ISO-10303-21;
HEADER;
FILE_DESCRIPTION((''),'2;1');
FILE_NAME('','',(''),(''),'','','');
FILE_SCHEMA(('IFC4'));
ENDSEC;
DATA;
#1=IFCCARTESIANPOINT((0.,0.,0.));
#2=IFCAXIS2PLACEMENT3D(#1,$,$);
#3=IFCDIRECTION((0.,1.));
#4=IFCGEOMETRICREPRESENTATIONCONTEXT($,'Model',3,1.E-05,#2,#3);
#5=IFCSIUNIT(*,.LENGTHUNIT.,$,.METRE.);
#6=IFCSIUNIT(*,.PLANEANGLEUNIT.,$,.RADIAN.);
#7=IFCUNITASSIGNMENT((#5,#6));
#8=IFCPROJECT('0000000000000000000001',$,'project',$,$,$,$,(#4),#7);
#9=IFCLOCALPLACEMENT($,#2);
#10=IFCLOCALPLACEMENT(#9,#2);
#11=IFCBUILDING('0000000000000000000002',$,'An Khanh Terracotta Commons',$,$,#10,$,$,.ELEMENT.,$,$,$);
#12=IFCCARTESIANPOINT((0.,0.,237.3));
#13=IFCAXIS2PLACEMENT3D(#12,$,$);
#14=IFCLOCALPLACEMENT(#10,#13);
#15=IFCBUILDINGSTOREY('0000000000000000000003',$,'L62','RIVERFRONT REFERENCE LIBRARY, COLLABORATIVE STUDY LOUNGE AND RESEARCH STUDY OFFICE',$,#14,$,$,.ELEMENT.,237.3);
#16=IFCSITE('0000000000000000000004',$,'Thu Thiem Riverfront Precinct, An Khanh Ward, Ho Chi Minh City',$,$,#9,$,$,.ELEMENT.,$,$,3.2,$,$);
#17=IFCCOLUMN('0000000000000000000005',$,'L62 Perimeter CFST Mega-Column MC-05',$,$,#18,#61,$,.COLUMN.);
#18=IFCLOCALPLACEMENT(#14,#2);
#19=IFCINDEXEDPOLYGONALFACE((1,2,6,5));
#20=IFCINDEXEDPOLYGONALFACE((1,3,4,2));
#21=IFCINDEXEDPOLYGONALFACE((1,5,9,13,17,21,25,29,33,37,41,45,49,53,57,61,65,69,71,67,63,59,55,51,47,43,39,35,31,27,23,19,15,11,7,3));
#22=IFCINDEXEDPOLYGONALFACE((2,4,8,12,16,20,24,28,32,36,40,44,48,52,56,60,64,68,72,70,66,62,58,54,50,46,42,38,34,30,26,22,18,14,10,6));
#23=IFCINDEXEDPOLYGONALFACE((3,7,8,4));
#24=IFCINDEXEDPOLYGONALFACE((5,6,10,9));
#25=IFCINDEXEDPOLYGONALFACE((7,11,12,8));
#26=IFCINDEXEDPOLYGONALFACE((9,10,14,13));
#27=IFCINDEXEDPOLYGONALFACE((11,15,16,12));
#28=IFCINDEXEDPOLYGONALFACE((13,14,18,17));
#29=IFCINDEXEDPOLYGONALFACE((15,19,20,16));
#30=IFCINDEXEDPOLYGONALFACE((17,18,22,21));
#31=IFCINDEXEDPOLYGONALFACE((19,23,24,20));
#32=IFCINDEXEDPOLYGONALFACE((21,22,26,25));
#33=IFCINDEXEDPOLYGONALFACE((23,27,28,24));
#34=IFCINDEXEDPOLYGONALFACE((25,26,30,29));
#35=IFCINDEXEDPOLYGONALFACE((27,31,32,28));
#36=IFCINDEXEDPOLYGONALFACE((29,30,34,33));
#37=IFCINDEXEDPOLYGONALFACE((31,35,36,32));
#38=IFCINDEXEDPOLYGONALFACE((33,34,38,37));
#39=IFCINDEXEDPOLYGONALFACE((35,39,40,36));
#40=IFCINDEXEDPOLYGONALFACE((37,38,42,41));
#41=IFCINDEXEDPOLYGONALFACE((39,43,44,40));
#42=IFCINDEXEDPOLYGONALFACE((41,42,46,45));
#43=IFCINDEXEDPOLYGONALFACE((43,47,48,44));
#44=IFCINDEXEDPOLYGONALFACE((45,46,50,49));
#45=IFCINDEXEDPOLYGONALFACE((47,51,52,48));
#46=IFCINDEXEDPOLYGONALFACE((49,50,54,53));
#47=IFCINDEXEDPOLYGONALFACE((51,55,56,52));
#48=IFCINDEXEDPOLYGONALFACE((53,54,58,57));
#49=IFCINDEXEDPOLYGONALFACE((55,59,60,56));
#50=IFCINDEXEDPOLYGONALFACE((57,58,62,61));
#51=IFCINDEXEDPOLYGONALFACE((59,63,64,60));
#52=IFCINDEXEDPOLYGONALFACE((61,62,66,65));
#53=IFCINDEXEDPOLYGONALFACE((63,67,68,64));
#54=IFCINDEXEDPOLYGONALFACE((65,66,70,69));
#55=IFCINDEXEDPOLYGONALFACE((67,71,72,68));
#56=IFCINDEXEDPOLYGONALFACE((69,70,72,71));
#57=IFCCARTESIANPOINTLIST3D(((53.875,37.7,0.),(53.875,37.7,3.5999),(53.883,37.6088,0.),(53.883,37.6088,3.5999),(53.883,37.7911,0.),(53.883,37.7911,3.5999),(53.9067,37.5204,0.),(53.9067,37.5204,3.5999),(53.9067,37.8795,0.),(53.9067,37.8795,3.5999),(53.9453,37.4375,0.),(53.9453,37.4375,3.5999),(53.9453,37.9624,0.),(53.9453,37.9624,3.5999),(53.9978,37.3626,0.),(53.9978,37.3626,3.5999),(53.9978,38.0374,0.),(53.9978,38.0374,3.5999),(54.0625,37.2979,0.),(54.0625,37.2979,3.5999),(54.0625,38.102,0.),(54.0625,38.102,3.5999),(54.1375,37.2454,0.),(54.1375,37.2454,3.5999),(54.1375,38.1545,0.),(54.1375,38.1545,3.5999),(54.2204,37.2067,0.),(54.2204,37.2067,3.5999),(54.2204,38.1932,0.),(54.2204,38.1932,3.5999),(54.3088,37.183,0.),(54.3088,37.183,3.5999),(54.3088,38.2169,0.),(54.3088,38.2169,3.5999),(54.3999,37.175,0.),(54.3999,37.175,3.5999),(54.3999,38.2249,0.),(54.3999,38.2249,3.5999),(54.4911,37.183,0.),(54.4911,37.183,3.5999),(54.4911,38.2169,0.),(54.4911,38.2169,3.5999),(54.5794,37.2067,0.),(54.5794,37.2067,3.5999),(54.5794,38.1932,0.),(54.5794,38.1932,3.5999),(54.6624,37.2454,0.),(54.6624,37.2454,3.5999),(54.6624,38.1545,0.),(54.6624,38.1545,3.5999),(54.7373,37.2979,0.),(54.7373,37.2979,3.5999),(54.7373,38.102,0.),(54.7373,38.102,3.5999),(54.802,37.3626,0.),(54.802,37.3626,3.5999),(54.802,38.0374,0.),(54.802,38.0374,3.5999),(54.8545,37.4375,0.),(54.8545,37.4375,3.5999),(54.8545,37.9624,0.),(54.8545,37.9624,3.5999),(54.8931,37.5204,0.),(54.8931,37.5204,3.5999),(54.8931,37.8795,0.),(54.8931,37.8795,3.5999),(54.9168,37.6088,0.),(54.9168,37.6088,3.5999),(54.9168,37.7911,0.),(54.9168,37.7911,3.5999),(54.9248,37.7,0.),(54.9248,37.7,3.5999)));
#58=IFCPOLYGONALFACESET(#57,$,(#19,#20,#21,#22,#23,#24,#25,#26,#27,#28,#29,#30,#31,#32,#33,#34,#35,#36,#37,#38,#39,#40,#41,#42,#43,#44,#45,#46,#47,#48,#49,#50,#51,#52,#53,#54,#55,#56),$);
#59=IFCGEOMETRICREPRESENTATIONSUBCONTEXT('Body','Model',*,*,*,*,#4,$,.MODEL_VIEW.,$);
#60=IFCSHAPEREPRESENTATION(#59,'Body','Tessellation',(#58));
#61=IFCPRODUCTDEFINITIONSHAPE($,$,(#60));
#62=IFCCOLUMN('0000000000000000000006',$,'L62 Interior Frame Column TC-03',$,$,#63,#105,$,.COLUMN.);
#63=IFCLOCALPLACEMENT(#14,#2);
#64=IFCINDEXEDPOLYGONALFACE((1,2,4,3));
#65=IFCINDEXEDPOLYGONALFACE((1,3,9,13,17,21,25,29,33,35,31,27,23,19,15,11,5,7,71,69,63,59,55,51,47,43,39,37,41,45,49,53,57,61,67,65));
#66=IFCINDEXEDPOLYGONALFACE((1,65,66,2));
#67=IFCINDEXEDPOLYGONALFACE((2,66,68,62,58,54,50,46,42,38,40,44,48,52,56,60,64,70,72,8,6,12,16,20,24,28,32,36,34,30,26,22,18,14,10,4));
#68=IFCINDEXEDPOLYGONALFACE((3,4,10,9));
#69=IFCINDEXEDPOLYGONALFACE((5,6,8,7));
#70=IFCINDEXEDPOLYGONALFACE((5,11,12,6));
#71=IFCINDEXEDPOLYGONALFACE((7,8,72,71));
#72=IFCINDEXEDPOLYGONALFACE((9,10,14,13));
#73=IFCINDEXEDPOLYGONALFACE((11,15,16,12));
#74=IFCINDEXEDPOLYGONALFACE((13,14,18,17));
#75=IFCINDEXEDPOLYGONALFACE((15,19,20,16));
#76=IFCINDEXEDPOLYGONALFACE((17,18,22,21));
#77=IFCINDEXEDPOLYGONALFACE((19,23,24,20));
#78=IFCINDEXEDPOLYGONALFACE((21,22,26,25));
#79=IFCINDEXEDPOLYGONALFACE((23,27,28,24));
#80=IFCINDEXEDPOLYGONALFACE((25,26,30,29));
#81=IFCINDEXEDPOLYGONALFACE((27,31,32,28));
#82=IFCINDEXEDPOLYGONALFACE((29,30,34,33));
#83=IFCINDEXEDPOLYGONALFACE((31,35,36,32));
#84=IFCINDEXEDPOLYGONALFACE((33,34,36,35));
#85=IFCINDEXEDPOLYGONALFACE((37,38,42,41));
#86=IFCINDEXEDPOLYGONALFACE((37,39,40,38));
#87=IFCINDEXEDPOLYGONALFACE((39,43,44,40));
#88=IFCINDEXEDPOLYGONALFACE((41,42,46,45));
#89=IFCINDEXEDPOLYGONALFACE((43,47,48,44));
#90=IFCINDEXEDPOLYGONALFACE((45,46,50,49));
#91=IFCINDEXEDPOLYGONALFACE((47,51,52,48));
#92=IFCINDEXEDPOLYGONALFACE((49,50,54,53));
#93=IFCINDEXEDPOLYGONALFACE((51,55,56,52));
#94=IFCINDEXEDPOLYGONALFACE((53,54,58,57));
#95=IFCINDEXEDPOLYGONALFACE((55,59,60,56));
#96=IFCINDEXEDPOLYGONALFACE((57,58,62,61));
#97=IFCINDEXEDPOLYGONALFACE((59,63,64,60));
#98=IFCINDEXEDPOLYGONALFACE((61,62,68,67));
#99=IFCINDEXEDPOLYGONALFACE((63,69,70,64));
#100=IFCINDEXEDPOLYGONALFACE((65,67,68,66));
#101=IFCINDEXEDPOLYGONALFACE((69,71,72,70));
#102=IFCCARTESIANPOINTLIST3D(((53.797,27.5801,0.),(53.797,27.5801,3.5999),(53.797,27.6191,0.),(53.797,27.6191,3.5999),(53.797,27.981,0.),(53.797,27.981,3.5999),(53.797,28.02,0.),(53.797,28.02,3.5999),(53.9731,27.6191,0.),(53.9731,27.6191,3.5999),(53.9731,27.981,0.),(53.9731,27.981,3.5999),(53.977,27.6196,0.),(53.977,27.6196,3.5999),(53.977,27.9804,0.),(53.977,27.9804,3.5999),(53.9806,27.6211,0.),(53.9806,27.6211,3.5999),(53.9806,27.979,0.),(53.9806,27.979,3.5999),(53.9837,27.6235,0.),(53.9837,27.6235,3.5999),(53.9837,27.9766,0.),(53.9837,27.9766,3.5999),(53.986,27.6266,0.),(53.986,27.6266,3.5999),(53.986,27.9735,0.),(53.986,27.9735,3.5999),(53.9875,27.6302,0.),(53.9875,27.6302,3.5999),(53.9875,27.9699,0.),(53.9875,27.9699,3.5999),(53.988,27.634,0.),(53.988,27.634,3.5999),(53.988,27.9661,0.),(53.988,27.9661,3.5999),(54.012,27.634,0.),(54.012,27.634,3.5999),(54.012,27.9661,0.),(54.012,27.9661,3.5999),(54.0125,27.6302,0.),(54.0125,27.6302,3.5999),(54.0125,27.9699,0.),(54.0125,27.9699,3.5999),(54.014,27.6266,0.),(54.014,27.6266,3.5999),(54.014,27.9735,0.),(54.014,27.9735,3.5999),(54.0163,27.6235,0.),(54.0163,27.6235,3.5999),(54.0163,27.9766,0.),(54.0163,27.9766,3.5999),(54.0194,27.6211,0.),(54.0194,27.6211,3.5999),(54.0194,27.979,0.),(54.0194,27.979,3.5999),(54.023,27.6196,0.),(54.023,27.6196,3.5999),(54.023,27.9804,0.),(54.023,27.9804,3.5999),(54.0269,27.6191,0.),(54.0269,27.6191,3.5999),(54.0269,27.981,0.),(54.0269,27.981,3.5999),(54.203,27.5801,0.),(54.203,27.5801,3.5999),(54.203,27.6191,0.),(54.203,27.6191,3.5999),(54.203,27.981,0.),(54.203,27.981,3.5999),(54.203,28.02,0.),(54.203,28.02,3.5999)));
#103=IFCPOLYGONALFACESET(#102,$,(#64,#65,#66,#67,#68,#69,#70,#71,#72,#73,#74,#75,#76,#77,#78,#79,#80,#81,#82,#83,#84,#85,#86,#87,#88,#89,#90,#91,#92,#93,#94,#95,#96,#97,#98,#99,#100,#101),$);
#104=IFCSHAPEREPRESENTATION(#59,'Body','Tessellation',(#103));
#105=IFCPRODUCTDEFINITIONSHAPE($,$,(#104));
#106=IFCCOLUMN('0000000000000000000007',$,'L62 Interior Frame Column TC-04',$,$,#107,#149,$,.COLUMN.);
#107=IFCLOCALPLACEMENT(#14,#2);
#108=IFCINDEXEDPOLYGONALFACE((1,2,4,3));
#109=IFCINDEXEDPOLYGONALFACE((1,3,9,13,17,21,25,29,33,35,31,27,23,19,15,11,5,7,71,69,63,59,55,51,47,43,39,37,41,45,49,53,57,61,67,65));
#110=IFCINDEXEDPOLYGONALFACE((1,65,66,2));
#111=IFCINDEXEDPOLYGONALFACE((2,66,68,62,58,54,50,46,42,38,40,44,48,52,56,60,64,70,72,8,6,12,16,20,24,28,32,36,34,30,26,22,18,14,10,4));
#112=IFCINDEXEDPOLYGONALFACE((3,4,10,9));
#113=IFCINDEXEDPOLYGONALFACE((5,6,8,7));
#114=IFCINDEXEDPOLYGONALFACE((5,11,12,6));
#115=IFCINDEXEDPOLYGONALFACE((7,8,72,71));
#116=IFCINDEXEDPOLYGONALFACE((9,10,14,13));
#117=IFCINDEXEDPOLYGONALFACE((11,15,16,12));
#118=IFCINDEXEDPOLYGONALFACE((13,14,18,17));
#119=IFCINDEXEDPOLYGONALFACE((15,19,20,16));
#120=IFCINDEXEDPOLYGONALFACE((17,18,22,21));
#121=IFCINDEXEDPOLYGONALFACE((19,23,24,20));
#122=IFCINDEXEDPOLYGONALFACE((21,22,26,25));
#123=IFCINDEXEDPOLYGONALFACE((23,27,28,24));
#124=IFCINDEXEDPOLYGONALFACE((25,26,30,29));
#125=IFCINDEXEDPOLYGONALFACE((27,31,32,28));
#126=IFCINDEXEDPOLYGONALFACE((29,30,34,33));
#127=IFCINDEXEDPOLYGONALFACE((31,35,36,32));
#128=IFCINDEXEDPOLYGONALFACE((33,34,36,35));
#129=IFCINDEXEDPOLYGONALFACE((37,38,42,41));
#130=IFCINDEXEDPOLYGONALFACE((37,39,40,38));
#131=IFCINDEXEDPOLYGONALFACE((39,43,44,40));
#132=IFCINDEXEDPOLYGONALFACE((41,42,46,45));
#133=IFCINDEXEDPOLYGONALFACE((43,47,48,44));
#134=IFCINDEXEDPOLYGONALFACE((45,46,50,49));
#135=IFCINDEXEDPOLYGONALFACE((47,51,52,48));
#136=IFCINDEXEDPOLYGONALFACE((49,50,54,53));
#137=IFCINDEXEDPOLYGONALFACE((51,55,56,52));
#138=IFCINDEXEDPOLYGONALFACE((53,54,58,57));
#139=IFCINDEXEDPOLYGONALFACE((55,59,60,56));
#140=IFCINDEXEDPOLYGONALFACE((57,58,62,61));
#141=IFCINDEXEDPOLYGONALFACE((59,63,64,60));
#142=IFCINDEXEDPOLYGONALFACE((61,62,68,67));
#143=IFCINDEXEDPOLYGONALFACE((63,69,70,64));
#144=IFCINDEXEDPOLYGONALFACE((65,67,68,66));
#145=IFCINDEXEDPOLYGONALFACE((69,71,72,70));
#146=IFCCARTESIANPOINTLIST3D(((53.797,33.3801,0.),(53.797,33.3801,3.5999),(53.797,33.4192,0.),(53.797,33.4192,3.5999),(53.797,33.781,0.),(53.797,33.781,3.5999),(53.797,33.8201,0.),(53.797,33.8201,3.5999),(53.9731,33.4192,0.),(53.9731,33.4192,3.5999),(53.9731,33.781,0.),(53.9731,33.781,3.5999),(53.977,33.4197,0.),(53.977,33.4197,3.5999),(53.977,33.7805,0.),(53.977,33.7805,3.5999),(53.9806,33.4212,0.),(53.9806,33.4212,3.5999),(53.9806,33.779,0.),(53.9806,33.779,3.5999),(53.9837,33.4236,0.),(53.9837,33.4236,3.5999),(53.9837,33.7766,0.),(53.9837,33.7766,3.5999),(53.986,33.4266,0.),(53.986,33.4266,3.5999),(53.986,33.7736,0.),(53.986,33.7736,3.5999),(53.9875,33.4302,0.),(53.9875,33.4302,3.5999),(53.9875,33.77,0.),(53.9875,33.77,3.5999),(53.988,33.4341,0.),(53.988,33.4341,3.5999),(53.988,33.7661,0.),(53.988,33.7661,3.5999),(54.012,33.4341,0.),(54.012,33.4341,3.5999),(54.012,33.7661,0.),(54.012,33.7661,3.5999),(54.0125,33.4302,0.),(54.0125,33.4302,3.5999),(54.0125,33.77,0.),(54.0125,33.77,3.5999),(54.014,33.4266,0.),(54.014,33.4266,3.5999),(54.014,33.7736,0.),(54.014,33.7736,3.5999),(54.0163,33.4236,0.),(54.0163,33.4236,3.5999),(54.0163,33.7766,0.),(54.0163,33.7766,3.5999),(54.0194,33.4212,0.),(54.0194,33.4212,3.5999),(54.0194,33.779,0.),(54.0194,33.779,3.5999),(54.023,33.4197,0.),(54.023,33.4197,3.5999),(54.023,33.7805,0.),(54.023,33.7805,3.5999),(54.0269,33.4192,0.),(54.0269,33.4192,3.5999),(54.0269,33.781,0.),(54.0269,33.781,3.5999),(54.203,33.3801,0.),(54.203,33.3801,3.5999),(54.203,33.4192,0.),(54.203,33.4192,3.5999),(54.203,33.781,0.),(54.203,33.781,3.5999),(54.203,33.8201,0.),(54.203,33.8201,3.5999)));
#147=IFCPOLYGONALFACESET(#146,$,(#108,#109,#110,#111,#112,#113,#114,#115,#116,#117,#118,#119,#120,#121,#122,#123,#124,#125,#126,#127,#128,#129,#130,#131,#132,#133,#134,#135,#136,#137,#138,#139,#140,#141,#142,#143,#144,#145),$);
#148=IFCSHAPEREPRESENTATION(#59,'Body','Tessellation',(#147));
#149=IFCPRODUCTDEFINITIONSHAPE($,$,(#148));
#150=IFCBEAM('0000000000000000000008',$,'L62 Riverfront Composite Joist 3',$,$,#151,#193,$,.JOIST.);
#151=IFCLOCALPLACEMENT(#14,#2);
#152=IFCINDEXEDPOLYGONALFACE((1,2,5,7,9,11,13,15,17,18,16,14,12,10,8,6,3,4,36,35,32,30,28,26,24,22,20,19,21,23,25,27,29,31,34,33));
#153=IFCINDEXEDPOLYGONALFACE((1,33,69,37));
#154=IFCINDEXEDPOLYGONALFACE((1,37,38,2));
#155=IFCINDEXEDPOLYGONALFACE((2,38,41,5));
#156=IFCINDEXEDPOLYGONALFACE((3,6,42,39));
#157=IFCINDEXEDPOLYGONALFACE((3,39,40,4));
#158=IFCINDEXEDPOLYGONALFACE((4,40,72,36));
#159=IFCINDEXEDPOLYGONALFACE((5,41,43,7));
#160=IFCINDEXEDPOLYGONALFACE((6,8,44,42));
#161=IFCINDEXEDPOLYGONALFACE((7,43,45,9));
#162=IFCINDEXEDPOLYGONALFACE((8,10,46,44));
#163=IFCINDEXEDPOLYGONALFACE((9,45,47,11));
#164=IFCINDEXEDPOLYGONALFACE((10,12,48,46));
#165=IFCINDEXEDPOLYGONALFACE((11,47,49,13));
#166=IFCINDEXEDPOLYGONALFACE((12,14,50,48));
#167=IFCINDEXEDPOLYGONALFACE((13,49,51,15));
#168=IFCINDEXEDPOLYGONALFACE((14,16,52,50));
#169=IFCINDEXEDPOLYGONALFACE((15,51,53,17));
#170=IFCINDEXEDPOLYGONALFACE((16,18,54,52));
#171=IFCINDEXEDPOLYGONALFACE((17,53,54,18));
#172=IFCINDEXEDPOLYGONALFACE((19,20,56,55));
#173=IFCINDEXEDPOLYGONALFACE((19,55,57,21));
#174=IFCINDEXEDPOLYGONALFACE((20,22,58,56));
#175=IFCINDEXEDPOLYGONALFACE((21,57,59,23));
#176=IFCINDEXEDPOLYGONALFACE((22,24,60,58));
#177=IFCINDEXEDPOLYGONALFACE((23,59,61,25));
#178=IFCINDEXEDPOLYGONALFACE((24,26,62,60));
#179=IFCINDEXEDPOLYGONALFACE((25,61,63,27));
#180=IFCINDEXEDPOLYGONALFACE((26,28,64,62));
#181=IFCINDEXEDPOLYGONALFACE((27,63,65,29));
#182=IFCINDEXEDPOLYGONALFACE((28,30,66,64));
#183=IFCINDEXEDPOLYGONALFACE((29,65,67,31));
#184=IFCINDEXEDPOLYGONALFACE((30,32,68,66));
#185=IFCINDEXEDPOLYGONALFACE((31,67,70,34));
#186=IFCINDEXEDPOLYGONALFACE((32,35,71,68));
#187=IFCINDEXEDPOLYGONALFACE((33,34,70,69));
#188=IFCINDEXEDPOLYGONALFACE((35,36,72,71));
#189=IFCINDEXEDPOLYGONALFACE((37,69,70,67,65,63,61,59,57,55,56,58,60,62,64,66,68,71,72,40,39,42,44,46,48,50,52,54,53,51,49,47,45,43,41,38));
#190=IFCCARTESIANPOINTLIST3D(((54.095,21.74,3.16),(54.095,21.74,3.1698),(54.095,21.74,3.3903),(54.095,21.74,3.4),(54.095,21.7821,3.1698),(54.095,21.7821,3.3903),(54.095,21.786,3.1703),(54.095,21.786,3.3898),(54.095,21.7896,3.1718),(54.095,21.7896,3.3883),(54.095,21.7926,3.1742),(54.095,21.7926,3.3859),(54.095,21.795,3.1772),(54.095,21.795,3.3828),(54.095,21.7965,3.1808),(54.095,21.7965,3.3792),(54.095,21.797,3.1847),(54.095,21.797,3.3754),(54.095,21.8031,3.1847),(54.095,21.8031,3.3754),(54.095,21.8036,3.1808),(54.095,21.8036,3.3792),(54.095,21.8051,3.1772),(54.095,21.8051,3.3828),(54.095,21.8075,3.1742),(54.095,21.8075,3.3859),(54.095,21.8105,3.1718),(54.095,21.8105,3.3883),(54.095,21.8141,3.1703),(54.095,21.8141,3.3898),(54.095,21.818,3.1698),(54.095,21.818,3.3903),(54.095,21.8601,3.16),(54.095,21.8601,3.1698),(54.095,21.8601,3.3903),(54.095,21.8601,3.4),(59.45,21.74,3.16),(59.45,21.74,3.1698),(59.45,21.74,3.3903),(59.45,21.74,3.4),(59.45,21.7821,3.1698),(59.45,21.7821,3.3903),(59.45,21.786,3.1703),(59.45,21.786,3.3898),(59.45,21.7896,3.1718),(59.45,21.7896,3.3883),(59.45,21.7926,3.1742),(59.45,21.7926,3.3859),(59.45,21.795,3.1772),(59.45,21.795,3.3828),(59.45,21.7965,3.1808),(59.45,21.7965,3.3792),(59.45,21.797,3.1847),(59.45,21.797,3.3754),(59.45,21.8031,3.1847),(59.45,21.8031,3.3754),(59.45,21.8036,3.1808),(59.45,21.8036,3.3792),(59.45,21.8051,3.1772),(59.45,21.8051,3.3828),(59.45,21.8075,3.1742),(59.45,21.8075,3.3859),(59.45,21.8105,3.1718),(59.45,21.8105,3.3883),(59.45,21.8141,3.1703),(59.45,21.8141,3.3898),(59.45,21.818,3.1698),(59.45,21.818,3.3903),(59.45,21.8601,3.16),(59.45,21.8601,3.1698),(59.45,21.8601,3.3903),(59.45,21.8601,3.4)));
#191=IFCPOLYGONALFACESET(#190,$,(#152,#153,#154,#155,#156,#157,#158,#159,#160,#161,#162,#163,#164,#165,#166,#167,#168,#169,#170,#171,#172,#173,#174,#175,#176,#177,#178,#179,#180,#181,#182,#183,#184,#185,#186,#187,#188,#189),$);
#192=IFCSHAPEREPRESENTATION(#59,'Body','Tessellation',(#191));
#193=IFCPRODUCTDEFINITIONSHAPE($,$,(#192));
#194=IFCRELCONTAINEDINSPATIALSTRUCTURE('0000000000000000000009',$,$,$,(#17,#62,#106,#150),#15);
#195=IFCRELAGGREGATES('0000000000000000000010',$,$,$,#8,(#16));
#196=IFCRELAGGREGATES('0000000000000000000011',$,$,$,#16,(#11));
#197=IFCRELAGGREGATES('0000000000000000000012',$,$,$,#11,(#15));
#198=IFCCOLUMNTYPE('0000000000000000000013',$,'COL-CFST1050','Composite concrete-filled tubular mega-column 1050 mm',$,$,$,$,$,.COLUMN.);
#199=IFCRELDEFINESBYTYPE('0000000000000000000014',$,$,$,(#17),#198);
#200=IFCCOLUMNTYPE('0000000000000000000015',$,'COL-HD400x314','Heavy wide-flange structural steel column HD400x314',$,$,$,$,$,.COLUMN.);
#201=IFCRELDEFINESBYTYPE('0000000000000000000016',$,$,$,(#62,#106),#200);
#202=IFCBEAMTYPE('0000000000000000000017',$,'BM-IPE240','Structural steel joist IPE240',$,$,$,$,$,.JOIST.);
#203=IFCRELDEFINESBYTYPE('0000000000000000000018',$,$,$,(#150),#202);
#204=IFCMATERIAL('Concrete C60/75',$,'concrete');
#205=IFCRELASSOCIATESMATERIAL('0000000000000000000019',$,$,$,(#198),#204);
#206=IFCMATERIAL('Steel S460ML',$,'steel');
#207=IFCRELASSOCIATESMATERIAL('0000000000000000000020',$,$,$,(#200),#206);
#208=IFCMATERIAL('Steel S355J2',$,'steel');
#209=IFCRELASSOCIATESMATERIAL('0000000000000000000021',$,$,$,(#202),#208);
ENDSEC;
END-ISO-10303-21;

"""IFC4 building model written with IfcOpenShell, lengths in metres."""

from ifc_helpers import new_model, si_unit, direction, frame, origin, origin_2d, place, context, subcontext, project, spatial, circle, i_section, extrude, material, material_profile, profile_set, type_object, element, save


model = new_model("IFC4")

# Units and contexts
model_context = context("Model", 3, precision=1e-05, world=origin(), true_north=direction((0.0, 1.0)))
body_context = subcontext(model_context, "Body", "Model", "MODEL_VIEW")
ifc_project = project(units=[si_unit("LENGTHUNIT", "METRE"), si_unit("PLANEANGLEUNIT", "RADIAN")], contexts=[model_context])

# Site, building, storey
site_placement = place(None, origin())
site = spatial("IfcSite", under=ifc_project, at=site_placement, Name="Thu Thiem Riverfront Precinct, An Khanh Ward, Ho Chi Minh City", CompositionType="ELEMENT", RefElevation=3.2)
building_placement = place(site_placement, origin())
building = spatial("IfcBuilding", under=site, at=building_placement, Name="An Khanh Terracotta Commons", CompositionType="ELEMENT")
storey_placement = place(building_placement, frame((0.0, 0.0, 237.3)))
storey = spatial("IfcBuildingStorey", under=building, at=storey_placement, Name="L62", Description="RIVERFRONT REFERENCE LIBRARY, COLLABORATIVE STUDY LOUNGE AND RESEARCH STUDY OFFICE", CompositionType="ELEMENT", Elevation=237.3)

# Columns
ifc_material_1 = material(Name="Concrete C60/75", Category="concrete")
ifc_material_profile_1 = material_profile(ifc_material_1, circle(Radius=0.5249, at=origin_2d()), Name="CFST1050")
ifc_profile_set_1 = profile_set([ifc_material_profile_1], Name="Concrete C60/75")
column_type_1 = type_object("IfcColumnType", Name="COL-CFST1050", Description="Composite concrete-filled tubular mega-column 1050 mm", PredefinedType="COLUMN", material=ifc_profile_set_1)
column_placement = place(storey_placement, frame((54.3999, 37.7, 0.0), z_axis=(0.0, 0.0, 1.0), x_axis=(1.0, 0.0, 0.0)))
element("IfcColumn", 1, at=column_placement, inside=storey, type_object=column_type_1, Name="L62 Perimeter CFST Mega-Column MC-05", PredefinedType="COLUMN", context=body_context, shape_type="SweptSolid", body=[
    extrude(circle(Radius=0.5249, at=origin_2d()), origin(), (0.0, 0.0, 1.0), 3.5999),
])
ifc_material_2 = material(Name="Steel S460ML", Category="steel")
ifc_material_profile_2 = material_profile(ifc_material_2, i_section(OverallWidth=0.406, OverallDepth=0.4399, WebThickness=0.0239, FlangeThickness=0.0391, FilletRadius=0.0149, at=origin_2d()), Name="HD400x314")
ifc_profile_set_2 = profile_set([ifc_material_profile_2], Name="Steel S460ML")
column_type_2 = type_object("IfcColumnType", Name="COL-HD400x314", Description="Heavy wide-flange structural steel column HD400x314", PredefinedType="COLUMN", material=ifc_profile_set_2)
for number, where, z_axis, x_axis, name in (
    (2, (54.0, 27.8, 0.0), (0.0, 0.0, 1.0), (1.0, 0.0, 0.0), "L62 Interior Frame Column TC-03"),
    (3, (54.0, 33.6001, 0.0), (0.0, 0.0, 1.0), (1.0, 0.0, 0.0), "L62 Interior Frame Column TC-04"),
):
    element("IfcColumn", number, at=place(storey_placement, frame(where, z_axis=z_axis, x_axis=x_axis)), inside=storey, type_object=column_type_2, Name=name, PredefinedType="COLUMN", context=body_context, shape_type="SweptSolid", body=[
        extrude(i_section(OverallWidth=0.406, OverallDepth=0.4399, WebThickness=0.0239, FlangeThickness=0.0391, FilletRadius=0.0149, at=origin_2d()), origin(), (0.0, 0.0, 1.0), 3.5999),
    ])

# Beam
ifc_material_3 = material(Name="Steel S355J2", Category="steel")
ifc_material_profile_3 = material_profile(ifc_material_3, i_section(OverallWidth=0.1201, OverallDepth=0.24, WebThickness=0.0061, FlangeThickness=0.0098, FilletRadius=0.0149, at=origin_2d()), Name="IPE240")
ifc_profile_set_3 = profile_set([ifc_material_profile_3], Name="Steel S355J2")
beam_type_1 = type_object("IfcBeamType", Name="BM-IPE240", Description="Structural steel joist IPE240", PredefinedType="JOIST", material=ifc_profile_set_3)
for number, where, z_axis, x_axis, name in (
    (4, (54.095, 21.8, 3.28), (1.0, 0.0, 0.0), (0.0, 1.0, 0.0), "L62 Riverfront Composite Joist 3"),
):
    element("IfcBeam", number, at=place(storey_placement, frame(where, z_axis=z_axis, x_axis=x_axis)), inside=storey, type_object=beam_type_1, Name=name, PredefinedType="JOIST", context=body_context, shape_type="SweptSolid", body=[
        extrude(i_section(OverallWidth=0.1201, OverallDepth=0.24, WebThickness=0.0061, FlangeThickness=0.0098, FilletRadius=0.0149, at=origin_2d()), origin(), (0.0, 0.0, 1.0), 5.355),
    ])

save(model, "model.ifc")
